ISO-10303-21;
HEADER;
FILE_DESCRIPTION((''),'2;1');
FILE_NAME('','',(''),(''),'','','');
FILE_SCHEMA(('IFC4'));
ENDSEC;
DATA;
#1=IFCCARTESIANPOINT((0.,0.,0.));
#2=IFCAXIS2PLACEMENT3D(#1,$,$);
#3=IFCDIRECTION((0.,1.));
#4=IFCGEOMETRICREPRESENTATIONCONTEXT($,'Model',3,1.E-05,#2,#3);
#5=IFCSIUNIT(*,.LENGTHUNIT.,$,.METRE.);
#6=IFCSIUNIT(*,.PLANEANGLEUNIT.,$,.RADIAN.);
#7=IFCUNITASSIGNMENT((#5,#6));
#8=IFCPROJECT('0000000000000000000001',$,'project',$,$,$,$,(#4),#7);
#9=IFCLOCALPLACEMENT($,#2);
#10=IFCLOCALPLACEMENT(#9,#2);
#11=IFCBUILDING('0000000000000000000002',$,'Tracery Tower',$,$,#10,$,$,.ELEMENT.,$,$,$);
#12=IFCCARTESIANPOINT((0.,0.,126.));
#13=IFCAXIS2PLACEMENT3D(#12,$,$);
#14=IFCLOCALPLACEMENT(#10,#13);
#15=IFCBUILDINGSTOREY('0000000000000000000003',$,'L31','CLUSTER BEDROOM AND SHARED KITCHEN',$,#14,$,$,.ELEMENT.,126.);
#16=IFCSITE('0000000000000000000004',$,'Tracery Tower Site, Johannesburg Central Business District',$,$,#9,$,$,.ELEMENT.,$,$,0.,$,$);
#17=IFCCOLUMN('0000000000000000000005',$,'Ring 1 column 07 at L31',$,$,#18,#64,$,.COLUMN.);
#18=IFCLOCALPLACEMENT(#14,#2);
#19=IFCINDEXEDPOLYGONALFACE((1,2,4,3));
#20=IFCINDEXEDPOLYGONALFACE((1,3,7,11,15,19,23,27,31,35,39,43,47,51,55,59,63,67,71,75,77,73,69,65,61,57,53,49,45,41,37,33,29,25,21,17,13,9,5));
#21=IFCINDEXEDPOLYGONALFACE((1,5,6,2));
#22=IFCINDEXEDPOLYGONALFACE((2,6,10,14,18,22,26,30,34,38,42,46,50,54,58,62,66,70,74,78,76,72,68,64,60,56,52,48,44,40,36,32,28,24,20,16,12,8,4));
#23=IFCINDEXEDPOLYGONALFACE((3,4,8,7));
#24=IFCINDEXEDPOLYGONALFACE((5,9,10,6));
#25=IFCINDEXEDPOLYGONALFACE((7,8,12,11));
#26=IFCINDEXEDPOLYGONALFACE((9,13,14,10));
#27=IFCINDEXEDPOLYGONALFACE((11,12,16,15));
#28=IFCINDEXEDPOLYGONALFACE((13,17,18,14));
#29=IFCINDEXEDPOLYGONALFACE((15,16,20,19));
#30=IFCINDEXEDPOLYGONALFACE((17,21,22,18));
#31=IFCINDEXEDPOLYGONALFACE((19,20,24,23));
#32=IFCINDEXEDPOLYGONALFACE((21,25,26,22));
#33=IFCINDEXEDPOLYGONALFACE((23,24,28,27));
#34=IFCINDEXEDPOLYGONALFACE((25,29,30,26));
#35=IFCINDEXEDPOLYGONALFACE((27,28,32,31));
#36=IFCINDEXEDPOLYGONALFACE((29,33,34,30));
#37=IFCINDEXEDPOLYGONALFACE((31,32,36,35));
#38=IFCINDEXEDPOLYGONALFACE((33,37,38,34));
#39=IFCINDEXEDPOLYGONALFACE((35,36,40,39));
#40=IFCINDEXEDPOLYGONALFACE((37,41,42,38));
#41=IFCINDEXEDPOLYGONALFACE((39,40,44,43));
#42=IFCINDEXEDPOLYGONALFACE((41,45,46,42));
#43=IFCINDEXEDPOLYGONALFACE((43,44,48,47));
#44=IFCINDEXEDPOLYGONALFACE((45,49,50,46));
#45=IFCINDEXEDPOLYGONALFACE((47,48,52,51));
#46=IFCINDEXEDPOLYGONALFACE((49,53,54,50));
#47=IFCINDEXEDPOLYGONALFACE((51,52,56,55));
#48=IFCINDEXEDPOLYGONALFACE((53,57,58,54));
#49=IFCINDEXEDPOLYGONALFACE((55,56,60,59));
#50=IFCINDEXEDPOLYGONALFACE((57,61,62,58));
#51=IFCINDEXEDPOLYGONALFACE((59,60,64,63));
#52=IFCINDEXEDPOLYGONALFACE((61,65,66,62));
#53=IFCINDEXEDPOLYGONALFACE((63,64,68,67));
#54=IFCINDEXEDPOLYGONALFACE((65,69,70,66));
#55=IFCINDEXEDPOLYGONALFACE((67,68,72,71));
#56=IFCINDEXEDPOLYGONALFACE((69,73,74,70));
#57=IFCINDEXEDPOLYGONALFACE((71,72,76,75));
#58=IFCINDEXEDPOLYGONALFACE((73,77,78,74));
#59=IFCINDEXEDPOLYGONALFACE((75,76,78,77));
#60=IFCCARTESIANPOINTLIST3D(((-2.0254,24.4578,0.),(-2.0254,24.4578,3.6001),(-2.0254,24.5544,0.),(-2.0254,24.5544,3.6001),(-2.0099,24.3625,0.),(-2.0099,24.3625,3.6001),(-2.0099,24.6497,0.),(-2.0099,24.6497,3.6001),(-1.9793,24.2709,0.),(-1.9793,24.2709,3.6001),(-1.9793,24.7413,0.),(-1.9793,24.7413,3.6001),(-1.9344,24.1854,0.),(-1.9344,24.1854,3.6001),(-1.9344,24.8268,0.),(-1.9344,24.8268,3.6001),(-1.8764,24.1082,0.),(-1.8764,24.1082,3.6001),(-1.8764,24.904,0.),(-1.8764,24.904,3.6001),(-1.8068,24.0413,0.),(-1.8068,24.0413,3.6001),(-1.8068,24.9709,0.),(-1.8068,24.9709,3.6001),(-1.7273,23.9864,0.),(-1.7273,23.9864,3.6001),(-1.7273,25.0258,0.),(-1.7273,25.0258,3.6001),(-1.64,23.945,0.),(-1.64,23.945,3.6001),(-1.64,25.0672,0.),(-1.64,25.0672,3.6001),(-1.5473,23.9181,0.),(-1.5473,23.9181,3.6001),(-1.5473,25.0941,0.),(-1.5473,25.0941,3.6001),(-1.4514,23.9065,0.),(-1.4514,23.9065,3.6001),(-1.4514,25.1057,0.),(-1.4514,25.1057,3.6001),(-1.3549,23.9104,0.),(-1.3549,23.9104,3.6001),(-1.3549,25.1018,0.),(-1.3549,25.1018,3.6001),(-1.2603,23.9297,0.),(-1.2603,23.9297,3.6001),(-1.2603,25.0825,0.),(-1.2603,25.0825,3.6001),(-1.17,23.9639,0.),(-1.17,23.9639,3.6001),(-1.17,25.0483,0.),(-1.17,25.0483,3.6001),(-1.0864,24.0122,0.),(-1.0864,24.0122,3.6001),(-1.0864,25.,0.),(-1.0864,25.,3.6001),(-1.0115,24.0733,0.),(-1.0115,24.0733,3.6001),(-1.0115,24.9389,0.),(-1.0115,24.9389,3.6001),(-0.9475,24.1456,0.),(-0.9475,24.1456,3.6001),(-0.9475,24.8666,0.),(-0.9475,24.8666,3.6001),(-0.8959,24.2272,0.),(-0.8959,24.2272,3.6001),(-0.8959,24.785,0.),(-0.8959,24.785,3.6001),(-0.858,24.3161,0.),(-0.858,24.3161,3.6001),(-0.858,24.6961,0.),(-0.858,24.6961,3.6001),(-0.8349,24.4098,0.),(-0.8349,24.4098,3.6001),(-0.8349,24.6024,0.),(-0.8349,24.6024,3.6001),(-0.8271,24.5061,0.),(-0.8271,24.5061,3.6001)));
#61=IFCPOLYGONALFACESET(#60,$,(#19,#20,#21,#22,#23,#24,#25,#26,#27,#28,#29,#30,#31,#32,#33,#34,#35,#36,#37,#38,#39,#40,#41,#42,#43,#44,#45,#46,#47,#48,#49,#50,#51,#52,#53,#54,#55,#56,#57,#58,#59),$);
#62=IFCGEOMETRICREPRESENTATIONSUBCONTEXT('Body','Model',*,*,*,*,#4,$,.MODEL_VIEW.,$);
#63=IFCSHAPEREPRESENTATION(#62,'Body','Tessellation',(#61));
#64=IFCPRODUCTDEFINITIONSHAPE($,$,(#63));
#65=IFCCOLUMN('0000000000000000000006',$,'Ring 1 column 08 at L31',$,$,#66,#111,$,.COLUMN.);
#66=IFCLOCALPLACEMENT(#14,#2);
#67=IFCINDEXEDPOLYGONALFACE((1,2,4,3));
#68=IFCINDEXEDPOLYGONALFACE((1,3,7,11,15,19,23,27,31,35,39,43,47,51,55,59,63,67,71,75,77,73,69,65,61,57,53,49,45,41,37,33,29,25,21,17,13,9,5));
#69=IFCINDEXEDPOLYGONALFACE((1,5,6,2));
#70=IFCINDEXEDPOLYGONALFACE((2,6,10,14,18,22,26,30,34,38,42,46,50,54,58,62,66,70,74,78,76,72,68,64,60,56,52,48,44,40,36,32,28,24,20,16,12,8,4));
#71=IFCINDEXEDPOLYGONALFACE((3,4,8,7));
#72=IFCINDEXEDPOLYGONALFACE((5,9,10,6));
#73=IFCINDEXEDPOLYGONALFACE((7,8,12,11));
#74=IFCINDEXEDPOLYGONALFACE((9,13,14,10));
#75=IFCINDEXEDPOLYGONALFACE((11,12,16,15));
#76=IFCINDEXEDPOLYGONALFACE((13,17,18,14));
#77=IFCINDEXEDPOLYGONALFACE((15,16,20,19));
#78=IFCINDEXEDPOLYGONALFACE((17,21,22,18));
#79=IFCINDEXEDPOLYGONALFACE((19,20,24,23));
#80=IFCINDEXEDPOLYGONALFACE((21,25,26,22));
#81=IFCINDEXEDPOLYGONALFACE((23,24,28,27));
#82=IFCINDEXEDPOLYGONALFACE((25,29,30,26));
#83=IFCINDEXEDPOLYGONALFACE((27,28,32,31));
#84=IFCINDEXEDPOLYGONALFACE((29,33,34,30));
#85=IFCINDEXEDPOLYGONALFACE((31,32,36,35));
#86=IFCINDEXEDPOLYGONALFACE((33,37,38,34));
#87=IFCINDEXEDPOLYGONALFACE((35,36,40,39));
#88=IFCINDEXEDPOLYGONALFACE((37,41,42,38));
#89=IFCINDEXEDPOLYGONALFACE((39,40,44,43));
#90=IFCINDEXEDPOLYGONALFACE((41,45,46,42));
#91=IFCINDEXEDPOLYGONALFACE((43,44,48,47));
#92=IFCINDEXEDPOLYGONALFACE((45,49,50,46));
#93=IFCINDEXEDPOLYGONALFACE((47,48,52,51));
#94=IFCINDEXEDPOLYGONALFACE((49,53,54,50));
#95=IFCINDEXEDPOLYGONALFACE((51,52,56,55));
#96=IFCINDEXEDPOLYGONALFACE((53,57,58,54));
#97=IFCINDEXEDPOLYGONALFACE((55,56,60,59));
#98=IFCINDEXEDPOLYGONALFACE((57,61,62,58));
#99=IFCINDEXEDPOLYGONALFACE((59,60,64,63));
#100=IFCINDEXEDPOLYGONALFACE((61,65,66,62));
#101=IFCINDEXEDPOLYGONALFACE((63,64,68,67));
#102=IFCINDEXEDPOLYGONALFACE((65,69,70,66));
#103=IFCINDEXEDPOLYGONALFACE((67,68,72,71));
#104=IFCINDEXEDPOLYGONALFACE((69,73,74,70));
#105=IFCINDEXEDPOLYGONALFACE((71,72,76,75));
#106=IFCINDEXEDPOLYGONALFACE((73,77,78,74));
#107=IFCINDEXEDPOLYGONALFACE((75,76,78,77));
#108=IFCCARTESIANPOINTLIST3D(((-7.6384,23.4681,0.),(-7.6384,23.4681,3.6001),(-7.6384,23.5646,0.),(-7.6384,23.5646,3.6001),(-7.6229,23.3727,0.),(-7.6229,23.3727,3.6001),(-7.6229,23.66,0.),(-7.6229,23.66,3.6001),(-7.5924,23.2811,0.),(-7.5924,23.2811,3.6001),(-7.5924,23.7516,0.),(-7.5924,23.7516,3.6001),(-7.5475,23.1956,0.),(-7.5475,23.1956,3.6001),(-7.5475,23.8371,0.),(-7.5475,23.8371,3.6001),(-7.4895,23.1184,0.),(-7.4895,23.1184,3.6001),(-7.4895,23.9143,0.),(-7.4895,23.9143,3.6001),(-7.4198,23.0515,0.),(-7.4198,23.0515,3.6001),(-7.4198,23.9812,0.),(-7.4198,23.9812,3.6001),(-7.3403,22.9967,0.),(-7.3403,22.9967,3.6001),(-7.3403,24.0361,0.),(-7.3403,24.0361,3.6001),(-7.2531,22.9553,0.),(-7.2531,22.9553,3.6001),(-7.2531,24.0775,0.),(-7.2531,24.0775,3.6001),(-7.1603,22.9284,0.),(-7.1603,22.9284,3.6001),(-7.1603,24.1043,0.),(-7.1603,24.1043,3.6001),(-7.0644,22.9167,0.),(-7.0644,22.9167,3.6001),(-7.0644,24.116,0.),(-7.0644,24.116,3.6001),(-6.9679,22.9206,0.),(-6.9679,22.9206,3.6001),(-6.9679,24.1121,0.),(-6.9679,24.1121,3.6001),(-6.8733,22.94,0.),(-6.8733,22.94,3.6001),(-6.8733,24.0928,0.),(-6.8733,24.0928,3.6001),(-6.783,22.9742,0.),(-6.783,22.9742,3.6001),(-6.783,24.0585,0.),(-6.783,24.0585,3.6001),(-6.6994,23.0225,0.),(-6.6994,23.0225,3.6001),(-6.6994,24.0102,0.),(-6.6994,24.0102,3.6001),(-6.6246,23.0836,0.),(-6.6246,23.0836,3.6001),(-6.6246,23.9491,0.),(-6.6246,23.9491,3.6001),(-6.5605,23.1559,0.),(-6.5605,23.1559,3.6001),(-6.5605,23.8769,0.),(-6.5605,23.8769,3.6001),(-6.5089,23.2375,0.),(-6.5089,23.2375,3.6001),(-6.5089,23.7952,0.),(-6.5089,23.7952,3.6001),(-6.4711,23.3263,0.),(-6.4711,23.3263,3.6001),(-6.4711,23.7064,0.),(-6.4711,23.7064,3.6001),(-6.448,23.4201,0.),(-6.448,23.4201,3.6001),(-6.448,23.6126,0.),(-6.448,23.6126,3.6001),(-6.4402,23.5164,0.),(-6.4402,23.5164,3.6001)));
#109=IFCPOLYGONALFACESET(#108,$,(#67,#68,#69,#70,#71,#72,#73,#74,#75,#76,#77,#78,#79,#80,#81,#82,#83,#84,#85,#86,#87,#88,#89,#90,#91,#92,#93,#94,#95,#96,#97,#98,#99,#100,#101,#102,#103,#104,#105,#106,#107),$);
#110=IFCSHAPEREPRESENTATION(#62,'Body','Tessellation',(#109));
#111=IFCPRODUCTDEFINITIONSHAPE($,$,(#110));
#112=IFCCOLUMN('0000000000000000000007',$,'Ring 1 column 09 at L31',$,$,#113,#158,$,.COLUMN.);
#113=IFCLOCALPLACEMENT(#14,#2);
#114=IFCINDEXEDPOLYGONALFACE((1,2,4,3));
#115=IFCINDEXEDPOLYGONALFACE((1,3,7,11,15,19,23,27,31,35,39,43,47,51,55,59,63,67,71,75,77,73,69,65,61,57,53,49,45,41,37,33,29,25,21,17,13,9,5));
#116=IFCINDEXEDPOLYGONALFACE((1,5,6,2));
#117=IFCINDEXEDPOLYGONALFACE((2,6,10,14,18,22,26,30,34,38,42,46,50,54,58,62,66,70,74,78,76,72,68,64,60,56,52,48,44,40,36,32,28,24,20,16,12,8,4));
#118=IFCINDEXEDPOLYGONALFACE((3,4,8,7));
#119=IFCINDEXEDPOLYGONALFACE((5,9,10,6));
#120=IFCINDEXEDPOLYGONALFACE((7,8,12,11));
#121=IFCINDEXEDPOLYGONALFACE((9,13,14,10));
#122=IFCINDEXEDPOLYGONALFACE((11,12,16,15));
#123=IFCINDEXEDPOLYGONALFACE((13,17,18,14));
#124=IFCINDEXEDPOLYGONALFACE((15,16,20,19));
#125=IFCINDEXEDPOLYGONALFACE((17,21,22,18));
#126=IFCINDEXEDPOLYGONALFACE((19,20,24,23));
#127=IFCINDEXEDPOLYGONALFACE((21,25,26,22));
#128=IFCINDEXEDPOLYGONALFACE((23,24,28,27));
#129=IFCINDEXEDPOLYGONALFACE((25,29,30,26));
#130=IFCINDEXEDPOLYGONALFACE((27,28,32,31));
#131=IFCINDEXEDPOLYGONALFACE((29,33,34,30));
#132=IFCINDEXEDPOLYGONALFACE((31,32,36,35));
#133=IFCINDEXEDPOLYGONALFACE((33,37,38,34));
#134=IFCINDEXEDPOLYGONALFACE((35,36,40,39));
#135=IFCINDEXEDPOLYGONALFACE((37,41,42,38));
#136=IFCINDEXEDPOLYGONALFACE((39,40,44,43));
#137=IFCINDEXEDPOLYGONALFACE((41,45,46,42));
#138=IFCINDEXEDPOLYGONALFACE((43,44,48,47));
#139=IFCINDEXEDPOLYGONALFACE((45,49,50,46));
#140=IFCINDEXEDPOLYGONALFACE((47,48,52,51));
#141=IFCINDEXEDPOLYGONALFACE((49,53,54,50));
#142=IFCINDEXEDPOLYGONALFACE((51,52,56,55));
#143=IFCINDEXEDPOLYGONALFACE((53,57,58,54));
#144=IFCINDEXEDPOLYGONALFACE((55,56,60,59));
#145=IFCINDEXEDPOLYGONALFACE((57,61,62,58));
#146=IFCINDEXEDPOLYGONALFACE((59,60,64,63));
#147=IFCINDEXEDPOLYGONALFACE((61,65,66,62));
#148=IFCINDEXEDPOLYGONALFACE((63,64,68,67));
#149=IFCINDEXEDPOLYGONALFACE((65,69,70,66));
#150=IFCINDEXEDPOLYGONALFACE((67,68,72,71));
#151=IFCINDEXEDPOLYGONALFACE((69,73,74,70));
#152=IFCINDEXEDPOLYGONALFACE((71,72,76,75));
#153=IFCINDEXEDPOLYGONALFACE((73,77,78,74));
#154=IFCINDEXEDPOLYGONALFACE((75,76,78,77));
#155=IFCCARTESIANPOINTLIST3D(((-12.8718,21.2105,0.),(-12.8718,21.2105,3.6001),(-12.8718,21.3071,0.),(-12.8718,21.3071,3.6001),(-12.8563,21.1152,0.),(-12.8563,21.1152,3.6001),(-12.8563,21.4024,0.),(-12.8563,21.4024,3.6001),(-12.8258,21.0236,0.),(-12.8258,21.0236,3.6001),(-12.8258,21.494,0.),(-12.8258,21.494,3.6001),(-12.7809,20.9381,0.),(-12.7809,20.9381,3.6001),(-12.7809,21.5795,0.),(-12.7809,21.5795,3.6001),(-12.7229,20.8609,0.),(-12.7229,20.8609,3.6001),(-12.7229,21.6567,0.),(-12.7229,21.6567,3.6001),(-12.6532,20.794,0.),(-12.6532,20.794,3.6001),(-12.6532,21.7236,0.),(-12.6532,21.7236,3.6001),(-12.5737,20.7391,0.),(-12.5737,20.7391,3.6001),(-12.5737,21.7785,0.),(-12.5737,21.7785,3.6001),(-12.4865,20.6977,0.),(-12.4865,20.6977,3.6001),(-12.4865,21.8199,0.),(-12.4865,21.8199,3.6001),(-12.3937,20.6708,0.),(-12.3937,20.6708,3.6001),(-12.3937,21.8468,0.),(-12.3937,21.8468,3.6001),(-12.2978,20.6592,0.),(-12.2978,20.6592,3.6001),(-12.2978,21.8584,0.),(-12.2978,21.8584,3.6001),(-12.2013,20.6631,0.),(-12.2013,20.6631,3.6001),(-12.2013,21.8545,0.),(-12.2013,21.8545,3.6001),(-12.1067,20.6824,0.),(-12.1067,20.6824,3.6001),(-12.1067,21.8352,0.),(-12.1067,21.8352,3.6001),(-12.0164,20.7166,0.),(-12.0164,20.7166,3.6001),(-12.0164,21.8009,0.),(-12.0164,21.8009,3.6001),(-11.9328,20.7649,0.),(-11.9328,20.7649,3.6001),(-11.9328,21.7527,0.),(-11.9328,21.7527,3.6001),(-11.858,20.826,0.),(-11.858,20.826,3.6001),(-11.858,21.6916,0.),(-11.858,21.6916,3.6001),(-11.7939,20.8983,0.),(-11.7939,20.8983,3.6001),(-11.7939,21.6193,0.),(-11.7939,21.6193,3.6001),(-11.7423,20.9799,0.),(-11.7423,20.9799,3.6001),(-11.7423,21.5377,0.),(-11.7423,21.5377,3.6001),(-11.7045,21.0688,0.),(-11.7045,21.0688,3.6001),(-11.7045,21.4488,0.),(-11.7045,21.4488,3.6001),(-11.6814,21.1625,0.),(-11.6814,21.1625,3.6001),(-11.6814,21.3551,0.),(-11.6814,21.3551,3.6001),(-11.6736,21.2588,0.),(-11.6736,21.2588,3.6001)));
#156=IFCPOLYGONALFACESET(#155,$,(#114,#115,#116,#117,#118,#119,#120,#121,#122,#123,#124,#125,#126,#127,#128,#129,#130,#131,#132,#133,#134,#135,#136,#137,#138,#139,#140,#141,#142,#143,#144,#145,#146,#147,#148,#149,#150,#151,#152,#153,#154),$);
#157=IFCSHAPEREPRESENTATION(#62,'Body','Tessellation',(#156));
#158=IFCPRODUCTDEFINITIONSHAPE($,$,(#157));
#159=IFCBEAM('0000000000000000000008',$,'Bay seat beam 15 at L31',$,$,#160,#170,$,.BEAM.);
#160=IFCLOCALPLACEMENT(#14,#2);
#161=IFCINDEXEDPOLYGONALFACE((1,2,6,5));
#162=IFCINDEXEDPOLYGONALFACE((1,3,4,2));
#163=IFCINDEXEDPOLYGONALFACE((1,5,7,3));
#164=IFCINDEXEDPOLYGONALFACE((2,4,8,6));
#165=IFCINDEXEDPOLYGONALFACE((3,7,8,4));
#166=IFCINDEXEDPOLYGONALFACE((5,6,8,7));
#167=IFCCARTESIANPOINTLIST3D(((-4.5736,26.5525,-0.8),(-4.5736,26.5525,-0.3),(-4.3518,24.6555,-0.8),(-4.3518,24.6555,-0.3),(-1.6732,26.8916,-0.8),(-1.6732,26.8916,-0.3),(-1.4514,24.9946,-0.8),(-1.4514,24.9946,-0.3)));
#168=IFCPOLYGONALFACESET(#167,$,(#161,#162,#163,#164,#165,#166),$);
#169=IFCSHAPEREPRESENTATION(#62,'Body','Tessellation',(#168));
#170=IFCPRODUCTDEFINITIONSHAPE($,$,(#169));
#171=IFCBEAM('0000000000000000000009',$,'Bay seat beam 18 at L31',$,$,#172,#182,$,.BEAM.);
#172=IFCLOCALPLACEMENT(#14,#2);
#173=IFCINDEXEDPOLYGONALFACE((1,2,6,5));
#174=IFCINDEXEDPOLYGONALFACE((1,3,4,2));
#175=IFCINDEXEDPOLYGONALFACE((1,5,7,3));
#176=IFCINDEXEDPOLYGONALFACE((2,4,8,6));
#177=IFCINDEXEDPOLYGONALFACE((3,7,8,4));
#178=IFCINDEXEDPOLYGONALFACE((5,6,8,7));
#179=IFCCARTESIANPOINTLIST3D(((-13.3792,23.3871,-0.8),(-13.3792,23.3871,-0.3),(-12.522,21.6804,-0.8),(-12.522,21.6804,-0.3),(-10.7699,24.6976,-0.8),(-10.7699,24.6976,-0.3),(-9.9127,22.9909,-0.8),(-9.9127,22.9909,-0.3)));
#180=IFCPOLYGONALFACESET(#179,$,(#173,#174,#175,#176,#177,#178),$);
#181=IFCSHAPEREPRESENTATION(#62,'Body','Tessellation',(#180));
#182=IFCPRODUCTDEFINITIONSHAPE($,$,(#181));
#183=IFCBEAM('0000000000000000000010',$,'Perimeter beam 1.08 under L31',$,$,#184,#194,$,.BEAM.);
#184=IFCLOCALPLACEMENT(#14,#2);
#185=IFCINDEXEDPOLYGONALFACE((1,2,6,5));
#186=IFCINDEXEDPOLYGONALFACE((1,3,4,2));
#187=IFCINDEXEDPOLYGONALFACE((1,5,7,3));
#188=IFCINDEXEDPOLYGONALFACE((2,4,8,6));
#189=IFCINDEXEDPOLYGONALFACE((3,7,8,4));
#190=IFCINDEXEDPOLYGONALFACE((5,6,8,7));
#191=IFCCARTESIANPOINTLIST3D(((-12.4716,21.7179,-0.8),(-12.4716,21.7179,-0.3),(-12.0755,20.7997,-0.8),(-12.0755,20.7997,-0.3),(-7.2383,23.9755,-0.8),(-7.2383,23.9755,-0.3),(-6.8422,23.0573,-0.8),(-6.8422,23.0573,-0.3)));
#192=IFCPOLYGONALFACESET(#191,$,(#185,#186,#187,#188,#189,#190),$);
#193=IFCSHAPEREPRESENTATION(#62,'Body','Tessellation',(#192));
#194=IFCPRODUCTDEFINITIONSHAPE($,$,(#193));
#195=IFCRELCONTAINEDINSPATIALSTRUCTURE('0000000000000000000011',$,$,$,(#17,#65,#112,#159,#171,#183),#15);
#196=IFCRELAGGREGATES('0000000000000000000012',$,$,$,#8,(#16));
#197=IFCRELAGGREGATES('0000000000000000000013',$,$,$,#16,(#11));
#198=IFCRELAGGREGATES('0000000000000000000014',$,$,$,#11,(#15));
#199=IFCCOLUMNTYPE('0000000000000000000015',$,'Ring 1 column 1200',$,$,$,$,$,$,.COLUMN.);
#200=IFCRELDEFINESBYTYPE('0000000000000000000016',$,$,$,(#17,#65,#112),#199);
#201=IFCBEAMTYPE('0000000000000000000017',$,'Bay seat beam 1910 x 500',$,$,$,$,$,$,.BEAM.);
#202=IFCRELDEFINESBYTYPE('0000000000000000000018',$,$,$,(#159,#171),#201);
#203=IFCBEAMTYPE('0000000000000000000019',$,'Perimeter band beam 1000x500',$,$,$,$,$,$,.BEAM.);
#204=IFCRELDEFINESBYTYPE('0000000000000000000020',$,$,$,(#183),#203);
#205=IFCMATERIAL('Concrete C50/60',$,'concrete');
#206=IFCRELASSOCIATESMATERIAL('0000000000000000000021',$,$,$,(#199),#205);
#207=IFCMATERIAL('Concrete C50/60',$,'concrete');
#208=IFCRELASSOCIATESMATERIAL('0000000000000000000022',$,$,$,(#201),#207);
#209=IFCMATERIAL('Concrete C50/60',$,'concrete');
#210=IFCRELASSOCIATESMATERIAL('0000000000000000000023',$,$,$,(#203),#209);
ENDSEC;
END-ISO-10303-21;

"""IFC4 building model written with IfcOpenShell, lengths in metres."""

from ifc_helpers import new_model, si_unit, direction, frame, origin, origin_2d, place, context, subcontext, project, spatial, rectangle, circle, extrude, material, material_profile, profile_set, type_object, element, save


model = new_model("IFC4")

# Units and contexts
model_context = context("Model", 3, precision=1e-05, world=origin(), true_north=direction((0.0, 1.0)))
body_context = subcontext(model_context, "Body", "Model", "MODEL_VIEW")
ifc_project = project(units=[si_unit("LENGTHUNIT", "METRE"), si_unit("PLANEANGLEUNIT", "RADIAN")], contexts=[model_context])

# Site, building, storey
site_placement = place(None, origin())
site = spatial("IfcSite", under=ifc_project, at=site_placement, Name="Tracery Tower Site, Johannesburg Central Business District", CompositionType="ELEMENT", RefElevation=0.0)
building_placement = place(site_placement, origin())
building = spatial("IfcBuilding", under=site, at=building_placement, Name="Tracery Tower", CompositionType="ELEMENT")
storey_placement = place(building_placement, frame((0.0, 0.0, 126.0)))
storey = spatial("IfcBuildingStorey", under=building, at=storey_placement, Name="L31", Description="CLUSTER BEDROOM AND SHARED KITCHEN", CompositionType="ELEMENT", Elevation=126.0)

# Columns
ifc_material_1 = material(Name="Concrete C50/60", Category="concrete")
ifc_material_profile_1 = material_profile(ifc_material_1, circle(Radius=0.6001, at=origin_2d()), Name="RC D1200")
ifc_profile_set_1 = profile_set([ifc_material_profile_1], Name="Concrete C50/60")
column_type = type_object("IfcColumnType", Name="Ring 1 column 1200", PredefinedType="COLUMN", material=ifc_profile_set_1)
for number, where, z_axis, x_axis, name in (
    (1, (-1.4272, 24.5061, 0.0), (0.0, 0.0, 1.0), (1.0, 0.0, 0.0), "Ring 1 column 07 at L31"),
    (2, (-7.0403, 23.5164, 0.0), (0.0, 0.0, 1.0), (1.0, 0.0, 0.0), "Ring 1 column 08 at L31"),
    (3, (-12.2737, 21.2588, 0.0), (0.0, 0.0, 1.0), (1.0, 0.0, 0.0), "Ring 1 column 09 at L31"),
):
    element("IfcColumn", number, at=place(storey_placement, frame(where, z_axis=z_axis, x_axis=x_axis)), inside=storey, type_object=column_type, Name=name, PredefinedType="COLUMN", context=body_context, shape_type="SweptSolid", body=[
        extrude(circle(Radius=0.6001, at=origin_2d()), origin(), (0.0, 0.0, 1.0), 3.6001),
    ])

# Beams
ifc_material_2 = material(Name="Concrete C50/60", Category="concrete")
ifc_material_profile_2 = material_profile(ifc_material_2, rectangle(XDim=1.9099, YDim=0.5, at=origin_2d()), Name="RC 1910x500")
ifc_profile_set_2 = profile_set([ifc_material_profile_2], Name="Concrete C50/60")
beam_type_1 = type_object("IfcBeamType", Name="Bay seat beam 1910 x 500", PredefinedType="BEAM", material=ifc_profile_set_2)
beam_1_placement = place(storey_placement, frame((-1.5623, 25.9431, -0.55), z_axis=(-0.993234, -0.116128, 0.0), x_axis=(0.116128, -0.993234, 0.0)))
element("IfcBeam", 4, at=beam_1_placement, inside=storey, type_object=beam_type_1, Name="Bay seat beam 15 at L31", PredefinedType="BEAM", context=body_context, shape_type="SweptSolid", body=[
    extrude(rectangle(XDim=1.9099, YDim=0.5, at=origin_2d()), origin(), (0.0, 0.0, 1.0), 2.9202),
])
beam_2_placement = place(storey_placement, frame((-10.3413, 23.8442, -0.55), z_axis=(-0.893623, -0.448818, 0.0), x_axis=(0.448818, -0.893623, 0.0)))
element("IfcBeam", 5, at=beam_2_placement, inside=storey, type_object=beam_type_1, Name="Bay seat beam 18 at L31", PredefinedType="BEAM", context=body_context, shape_type="SweptSolid", body=[
    extrude(rectangle(XDim=1.9099, YDim=0.5, at=origin_2d()), origin(), (0.0, 0.0, 1.0), 2.9199),
])
ifc_material_3 = material(Name="Concrete C50/60", Category="concrete")
ifc_material_profile_3 = material_profile(ifc_material_3, rectangle(XDim=1.0, YDim=0.5, at=origin_2d()), Name="RC 1000x500")
ifc_profile_set_3 = profile_set([ifc_material_profile_3], Name="Concrete C50/60")
beam_type_2 = type_object("IfcBeamType", Name="Perimeter band beam 1000x500", PredefinedType="BEAM", material=ifc_profile_set_3)
beam_3_placement = place(storey_placement, frame((-7.0403, 23.5164, -0.55), z_axis=(-0.91821, -0.396095, 0.0), x_axis=(0.396095, -0.91821, 0.0)))
element("IfcBeam", 6, at=beam_3_placement, inside=storey, type_object=beam_type_2, Name="Perimeter beam 1.08 under L31", PredefinedType="BEAM", context=body_context, shape_type="SweptSolid", body=[
    extrude(rectangle(XDim=1.0, YDim=0.5, at=origin_2d()), origin(), (0.0, 0.0, 1.0), 5.6995),
])

save(model, "model.ifc")
